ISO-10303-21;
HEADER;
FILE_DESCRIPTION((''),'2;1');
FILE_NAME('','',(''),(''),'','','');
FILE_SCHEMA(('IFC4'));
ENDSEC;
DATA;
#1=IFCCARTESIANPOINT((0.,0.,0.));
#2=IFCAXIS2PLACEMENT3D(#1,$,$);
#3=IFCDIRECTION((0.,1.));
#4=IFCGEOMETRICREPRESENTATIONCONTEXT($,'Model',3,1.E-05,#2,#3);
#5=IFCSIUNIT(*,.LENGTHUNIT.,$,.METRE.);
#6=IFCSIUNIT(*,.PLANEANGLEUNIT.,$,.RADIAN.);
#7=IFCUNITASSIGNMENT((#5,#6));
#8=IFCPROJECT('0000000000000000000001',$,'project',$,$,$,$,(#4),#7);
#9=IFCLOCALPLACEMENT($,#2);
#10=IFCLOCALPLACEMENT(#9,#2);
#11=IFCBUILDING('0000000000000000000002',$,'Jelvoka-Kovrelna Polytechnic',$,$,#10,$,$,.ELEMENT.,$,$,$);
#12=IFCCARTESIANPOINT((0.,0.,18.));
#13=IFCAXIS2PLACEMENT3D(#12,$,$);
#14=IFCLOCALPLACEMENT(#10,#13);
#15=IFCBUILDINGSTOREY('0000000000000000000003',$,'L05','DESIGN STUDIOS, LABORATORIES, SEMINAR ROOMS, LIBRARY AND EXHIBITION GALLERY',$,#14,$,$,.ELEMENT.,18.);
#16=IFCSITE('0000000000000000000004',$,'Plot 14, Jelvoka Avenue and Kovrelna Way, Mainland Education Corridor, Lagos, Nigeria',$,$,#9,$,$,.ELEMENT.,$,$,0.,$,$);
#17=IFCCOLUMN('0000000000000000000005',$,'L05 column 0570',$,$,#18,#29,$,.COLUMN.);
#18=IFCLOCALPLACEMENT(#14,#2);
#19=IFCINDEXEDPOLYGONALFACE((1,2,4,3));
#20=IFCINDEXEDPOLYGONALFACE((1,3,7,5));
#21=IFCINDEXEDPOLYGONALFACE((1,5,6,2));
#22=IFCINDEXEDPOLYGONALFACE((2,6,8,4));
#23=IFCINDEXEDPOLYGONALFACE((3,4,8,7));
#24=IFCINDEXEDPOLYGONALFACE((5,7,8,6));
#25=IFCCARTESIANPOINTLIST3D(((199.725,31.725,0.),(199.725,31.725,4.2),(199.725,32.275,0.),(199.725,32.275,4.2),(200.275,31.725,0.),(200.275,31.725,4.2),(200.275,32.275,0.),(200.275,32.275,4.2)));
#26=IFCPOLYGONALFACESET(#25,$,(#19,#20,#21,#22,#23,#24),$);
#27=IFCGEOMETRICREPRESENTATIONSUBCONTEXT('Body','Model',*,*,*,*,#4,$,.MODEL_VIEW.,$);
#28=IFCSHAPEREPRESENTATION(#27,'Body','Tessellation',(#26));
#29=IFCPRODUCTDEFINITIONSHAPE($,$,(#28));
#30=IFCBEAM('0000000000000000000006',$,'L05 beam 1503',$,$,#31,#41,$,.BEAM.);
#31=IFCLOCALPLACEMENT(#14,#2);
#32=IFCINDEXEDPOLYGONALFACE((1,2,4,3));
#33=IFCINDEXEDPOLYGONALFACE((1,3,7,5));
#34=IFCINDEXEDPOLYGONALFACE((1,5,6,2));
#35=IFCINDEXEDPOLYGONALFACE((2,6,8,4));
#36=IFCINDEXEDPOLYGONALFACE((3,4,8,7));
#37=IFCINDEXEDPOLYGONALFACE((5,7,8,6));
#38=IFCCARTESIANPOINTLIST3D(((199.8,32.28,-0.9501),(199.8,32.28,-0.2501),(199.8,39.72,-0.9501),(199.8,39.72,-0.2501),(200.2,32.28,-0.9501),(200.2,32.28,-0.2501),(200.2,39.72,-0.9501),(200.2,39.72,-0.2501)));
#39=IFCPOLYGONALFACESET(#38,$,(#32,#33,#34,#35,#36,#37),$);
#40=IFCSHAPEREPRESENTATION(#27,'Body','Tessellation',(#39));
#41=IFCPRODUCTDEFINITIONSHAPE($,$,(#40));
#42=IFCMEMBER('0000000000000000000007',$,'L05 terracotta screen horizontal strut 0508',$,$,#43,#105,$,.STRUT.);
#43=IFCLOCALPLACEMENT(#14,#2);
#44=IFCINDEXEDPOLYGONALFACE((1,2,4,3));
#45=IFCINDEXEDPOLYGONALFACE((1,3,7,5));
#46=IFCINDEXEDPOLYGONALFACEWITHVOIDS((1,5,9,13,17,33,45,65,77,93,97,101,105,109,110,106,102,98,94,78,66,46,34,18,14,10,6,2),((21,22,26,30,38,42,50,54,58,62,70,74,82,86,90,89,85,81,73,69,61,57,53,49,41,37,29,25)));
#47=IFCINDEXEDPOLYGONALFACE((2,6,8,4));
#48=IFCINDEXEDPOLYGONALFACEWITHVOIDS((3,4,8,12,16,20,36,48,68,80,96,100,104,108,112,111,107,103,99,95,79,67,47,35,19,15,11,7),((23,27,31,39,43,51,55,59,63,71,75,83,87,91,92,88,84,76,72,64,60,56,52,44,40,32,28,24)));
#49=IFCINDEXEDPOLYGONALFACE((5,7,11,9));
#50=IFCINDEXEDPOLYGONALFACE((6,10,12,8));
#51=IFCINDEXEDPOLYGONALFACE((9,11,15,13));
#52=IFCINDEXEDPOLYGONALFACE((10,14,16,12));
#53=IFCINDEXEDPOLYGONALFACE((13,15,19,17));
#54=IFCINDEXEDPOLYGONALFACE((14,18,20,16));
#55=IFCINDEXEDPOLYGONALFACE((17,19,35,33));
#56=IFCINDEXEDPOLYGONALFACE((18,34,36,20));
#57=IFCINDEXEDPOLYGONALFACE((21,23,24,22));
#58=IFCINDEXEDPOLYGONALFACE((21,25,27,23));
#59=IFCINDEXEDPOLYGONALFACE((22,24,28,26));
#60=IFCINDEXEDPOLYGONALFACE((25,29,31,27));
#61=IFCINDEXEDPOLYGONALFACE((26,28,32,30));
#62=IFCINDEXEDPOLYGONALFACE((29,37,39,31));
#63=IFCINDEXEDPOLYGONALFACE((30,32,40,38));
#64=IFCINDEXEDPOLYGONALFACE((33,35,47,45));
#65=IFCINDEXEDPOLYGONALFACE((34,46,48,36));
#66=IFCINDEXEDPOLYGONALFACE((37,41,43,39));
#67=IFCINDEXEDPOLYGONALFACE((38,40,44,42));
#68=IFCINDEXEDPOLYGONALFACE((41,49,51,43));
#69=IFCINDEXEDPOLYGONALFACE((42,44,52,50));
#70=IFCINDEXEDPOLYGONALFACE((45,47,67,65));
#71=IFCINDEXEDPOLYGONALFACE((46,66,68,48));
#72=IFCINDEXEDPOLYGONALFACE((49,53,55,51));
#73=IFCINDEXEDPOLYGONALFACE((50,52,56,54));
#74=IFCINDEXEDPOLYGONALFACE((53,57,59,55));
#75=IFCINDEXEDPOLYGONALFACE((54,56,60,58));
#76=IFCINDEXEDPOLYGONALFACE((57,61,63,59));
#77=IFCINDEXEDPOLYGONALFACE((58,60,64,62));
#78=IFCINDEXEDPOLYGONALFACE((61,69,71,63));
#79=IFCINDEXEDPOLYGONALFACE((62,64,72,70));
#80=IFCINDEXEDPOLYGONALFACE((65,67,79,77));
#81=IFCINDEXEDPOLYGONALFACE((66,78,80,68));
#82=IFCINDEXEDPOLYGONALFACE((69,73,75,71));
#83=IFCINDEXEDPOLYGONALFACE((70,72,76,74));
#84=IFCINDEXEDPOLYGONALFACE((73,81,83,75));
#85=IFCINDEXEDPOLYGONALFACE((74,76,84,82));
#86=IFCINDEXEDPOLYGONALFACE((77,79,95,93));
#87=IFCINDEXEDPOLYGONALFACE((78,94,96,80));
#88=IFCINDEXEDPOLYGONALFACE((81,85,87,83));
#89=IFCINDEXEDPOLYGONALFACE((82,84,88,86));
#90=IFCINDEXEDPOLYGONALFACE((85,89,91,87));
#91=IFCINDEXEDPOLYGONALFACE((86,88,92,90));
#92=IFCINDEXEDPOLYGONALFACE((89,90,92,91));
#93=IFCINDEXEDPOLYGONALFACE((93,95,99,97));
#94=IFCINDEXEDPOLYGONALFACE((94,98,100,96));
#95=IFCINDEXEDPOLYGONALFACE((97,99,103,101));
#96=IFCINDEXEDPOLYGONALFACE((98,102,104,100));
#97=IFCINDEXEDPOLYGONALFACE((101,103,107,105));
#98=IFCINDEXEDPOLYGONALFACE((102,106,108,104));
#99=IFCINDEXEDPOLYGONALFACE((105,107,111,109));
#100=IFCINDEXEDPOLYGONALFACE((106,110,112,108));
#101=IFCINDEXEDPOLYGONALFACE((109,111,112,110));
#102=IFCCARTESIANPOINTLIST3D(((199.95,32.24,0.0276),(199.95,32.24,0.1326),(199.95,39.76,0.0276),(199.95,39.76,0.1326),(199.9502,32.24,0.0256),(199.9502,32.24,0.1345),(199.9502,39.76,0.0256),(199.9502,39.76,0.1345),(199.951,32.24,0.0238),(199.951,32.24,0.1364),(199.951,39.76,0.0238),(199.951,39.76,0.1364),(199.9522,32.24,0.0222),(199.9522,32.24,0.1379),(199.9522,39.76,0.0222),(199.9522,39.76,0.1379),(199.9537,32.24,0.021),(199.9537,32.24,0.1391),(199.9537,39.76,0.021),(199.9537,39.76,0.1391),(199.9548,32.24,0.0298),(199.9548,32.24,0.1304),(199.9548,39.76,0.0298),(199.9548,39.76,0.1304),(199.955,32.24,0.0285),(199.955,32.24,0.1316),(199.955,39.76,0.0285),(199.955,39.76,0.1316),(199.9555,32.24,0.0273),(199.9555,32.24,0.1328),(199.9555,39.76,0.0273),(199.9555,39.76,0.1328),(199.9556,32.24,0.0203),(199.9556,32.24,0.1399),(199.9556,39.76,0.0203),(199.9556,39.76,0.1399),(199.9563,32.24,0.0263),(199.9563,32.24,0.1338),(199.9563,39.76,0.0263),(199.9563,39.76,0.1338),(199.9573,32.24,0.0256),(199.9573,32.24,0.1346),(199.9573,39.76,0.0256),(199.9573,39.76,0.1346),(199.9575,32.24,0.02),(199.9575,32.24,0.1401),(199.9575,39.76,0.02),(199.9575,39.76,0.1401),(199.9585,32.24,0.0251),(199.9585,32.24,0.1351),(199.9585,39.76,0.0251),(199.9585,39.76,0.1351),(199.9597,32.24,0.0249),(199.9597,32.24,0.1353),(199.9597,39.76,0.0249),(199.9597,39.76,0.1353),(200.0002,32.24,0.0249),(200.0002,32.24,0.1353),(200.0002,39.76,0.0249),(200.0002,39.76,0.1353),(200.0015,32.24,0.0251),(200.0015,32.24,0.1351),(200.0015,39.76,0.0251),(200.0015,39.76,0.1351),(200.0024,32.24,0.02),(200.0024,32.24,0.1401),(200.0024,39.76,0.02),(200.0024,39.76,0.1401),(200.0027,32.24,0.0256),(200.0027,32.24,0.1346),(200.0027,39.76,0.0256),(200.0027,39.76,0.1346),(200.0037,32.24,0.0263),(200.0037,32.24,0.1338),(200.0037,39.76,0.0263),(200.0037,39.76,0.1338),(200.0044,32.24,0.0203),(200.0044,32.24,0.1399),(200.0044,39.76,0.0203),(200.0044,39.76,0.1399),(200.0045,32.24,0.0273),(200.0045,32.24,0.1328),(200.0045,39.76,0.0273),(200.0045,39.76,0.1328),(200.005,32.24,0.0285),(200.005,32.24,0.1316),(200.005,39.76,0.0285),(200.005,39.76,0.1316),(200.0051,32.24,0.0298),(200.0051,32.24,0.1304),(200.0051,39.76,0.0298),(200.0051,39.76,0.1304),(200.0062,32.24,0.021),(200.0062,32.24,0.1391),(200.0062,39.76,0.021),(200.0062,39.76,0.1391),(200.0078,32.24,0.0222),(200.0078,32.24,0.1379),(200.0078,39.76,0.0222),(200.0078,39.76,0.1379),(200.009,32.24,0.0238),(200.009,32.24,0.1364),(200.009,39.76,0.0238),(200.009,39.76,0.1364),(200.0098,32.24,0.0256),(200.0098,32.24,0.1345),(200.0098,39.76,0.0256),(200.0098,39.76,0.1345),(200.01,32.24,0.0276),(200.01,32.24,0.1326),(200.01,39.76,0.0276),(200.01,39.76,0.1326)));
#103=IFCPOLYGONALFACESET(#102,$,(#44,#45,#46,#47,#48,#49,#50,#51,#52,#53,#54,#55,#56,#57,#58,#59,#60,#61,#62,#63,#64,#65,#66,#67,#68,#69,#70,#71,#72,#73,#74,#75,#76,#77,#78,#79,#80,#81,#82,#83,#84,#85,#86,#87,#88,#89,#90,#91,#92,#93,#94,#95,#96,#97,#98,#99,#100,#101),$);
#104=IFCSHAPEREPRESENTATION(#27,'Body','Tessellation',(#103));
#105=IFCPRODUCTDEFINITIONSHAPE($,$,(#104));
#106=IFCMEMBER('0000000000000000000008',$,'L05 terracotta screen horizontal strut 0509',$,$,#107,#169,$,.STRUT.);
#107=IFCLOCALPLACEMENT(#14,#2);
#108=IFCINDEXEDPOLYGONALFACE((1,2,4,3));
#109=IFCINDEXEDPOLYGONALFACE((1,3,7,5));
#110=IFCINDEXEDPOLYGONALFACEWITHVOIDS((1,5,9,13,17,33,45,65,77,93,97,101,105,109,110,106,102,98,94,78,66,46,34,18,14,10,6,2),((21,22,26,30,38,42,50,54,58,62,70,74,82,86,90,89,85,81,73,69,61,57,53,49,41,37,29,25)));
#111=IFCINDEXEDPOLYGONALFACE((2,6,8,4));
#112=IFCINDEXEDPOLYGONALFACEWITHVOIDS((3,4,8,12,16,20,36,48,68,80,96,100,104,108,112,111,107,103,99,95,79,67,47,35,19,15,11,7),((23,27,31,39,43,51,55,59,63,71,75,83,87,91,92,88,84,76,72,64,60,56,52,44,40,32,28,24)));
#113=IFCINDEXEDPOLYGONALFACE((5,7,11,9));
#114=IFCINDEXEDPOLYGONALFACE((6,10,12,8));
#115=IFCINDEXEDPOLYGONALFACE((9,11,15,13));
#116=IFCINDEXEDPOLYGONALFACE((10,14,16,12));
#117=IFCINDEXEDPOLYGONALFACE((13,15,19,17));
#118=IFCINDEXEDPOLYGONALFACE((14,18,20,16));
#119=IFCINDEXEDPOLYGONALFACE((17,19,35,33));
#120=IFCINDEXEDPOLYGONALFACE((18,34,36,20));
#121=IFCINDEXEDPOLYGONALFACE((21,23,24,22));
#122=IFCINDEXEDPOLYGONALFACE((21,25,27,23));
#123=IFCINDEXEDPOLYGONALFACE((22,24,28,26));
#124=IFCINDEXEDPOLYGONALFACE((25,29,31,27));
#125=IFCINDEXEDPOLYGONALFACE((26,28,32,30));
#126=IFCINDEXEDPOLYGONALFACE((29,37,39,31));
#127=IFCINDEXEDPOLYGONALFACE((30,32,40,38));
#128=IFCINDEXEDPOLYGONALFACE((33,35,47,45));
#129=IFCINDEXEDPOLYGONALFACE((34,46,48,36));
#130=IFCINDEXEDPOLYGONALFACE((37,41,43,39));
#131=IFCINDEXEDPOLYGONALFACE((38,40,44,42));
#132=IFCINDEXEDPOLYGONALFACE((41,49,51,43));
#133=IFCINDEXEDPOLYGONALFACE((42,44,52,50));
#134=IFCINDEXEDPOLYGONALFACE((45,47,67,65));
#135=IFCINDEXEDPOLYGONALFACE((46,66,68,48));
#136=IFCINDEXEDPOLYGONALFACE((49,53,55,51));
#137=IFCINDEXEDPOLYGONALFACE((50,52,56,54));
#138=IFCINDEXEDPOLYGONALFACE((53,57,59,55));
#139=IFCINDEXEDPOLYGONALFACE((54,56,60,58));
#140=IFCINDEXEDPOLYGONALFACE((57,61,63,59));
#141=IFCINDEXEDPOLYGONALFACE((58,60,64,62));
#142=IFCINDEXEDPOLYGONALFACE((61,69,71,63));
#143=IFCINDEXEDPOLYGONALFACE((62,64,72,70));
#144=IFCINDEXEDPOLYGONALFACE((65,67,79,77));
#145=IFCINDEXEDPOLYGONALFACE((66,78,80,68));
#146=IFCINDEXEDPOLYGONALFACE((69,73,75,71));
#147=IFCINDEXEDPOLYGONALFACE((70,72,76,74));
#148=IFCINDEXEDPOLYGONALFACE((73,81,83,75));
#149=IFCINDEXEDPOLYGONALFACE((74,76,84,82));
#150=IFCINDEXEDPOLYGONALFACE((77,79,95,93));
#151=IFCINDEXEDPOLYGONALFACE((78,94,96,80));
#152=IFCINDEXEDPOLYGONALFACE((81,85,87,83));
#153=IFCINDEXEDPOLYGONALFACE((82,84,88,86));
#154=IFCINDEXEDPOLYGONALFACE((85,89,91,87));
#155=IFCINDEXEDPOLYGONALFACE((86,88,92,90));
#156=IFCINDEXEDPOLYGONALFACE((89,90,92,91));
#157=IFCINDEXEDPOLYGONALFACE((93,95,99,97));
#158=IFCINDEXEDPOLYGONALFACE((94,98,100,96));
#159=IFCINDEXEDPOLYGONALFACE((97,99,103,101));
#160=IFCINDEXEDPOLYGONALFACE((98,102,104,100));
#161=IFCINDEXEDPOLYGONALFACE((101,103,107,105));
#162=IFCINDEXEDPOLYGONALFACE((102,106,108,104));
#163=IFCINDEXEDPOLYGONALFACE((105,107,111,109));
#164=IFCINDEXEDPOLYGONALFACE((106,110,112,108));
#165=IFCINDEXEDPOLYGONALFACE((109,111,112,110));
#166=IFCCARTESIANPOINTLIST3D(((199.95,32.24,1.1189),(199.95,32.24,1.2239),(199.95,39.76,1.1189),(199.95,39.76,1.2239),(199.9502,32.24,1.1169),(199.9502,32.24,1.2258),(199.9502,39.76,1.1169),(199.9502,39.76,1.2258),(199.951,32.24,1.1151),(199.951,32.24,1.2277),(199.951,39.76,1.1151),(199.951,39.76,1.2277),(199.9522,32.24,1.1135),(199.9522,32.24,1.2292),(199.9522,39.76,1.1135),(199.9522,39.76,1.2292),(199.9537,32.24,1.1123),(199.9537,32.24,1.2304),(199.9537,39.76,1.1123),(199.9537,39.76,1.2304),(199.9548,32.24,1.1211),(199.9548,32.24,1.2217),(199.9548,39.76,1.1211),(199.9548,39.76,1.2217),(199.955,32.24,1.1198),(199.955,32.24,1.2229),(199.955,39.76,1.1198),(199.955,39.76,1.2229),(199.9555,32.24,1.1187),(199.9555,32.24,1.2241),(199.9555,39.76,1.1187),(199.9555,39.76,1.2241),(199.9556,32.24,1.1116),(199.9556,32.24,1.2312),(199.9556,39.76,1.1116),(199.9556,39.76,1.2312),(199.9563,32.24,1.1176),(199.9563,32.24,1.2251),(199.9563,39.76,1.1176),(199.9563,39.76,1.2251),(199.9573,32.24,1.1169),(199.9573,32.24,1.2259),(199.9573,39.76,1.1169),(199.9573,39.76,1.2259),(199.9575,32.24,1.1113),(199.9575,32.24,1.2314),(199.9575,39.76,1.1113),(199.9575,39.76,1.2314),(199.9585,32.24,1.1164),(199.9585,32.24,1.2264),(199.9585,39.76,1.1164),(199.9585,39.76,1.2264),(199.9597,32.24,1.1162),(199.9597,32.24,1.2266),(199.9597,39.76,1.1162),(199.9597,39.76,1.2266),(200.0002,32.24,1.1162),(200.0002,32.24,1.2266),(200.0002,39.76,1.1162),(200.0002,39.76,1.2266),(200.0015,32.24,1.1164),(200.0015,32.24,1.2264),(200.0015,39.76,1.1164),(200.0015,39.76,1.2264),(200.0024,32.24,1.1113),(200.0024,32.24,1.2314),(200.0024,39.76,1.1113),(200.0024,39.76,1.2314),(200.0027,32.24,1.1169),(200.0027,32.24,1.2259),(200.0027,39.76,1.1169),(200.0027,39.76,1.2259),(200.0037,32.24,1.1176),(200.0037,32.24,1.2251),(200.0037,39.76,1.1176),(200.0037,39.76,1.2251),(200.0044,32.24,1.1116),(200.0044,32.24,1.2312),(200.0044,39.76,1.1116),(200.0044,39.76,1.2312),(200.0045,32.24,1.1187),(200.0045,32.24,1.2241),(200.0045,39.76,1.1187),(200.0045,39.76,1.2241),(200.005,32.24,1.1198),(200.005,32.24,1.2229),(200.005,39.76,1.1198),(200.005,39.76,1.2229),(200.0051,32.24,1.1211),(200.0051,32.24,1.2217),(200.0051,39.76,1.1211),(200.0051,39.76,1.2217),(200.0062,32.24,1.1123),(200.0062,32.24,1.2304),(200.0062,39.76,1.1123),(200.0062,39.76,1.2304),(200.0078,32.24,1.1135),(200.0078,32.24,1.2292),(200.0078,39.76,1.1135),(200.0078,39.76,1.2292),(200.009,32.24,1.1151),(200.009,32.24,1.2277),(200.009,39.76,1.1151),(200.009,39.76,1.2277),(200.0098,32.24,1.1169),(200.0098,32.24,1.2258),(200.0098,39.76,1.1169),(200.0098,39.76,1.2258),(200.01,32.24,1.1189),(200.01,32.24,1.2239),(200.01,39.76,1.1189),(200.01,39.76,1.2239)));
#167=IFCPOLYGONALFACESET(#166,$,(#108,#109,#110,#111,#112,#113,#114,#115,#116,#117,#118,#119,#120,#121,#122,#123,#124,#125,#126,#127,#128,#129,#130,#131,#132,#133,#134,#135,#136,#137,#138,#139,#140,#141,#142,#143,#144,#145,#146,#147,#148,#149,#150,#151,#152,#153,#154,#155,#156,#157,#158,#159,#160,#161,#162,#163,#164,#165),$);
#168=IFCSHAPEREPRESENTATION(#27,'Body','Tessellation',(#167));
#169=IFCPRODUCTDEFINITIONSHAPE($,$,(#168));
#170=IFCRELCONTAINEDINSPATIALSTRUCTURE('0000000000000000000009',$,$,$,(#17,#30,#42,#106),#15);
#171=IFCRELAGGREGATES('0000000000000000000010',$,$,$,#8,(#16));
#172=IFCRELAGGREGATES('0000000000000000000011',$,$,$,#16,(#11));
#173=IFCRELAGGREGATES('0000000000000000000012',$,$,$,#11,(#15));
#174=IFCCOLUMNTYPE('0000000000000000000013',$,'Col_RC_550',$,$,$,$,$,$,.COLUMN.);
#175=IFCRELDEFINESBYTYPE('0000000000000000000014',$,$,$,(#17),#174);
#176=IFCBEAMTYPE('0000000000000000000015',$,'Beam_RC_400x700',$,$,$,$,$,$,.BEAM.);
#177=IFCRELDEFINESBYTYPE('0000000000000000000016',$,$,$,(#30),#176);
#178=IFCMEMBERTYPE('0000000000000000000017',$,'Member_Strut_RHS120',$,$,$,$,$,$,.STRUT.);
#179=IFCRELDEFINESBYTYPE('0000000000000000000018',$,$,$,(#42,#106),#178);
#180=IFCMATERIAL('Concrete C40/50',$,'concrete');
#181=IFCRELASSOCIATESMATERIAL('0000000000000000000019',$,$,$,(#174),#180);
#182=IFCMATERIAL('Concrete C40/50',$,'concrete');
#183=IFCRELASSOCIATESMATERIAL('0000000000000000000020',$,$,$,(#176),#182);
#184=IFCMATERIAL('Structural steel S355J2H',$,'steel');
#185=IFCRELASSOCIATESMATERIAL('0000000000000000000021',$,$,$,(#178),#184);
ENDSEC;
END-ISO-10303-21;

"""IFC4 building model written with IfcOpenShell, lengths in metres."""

from ifc_helpers import new_model, si_unit, direction, frame, origin, origin_2d, place, context, subcontext, project, spatial, rectangle, hollow_rectangle, extrude, material, material_profile, profile_set, type_object, element, save


model = new_model("IFC4")

# Units and contexts
model_context = context("Model", 3, precision=1e-05, world=origin(), true_north=direction((0.0, 1.0)))
body_context = subcontext(model_context, "Body", "Model", "MODEL_VIEW")
ifc_project = project(units=[si_unit("LENGTHUNIT", "METRE"), si_unit("PLANEANGLEUNIT", "RADIAN")], contexts=[model_context])

# Site, building, storey
site_placement = place(None, origin())
site = spatial("IfcSite", under=ifc_project, at=site_placement, Name="Plot 14, Jelvoka Avenue and Kovrelna Way, Mainland Education Corridor, Lagos, Nigeria", CompositionType="ELEMENT", RefElevation=0.0)
building_placement = place(site_placement, origin())
building = spatial("IfcBuilding", under=site, at=building_placement, Name="Jelvoka-Kovrelna Polytechnic", CompositionType="ELEMENT")
storey_placement = place(building_placement, frame((0.0, 0.0, 18.0)))
storey = spatial("IfcBuildingStorey", under=building, at=storey_placement, Name="L05", Description="DESIGN STUDIOS, LABORATORIES, SEMINAR ROOMS, LIBRARY AND EXHIBITION GALLERY", CompositionType="ELEMENT", Elevation=18.0)

# Column
ifc_material_1 = material(Name="Concrete C40/50", Category="concrete")
ifc_material_profile_1 = material_profile(ifc_material_1, rectangle(XDim=0.55, YDim=0.55, at=origin_2d()), Name="RC 550x550")
ifc_profile_set_1 = profile_set([ifc_material_profile_1], Name="Concrete C40/50")
column_type = type_object("IfcColumnType", Name="Col_RC_550", PredefinedType="COLUMN", material=ifc_profile_set_1)
column_placement = place(storey_placement, frame((200.0, 32.0, 0.0), z_axis=(0.0, 0.0, 1.0), x_axis=(1.0, 0.0, 0.0)))
element("IfcColumn", 1, at=column_placement, inside=storey, type_object=column_type, Name="L05 column 0570", PredefinedType="COLUMN", context=body_context, shape_type="SweptSolid", body=[
    extrude(rectangle(XDim=0.55, YDim=0.55, at=origin_2d()), origin(), (0.0, 0.0, 1.0), 4.2),
])

# Beam
ifc_material_2 = material(Name="Concrete C40/50", Category="concrete")
ifc_material_profile_2 = material_profile(ifc_material_2, rectangle(XDim=0.3999, YDim=0.7, at=origin_2d()), Name="RC 400x700")
ifc_profile_set_2 = profile_set([ifc_material_profile_2], Name="Concrete C40/50")
beam_type = type_object("IfcBeamType", Name="Beam_RC_400x700", PredefinedType="BEAM", material=ifc_profile_set_2)
beam_placement = place(storey_placement, frame((200.0, 32.28, -0.6001), z_axis=(0.0, 1.0, 0.0), x_axis=(-1.0, 0.0, 0.0)))
element("IfcBeam", 2, at=beam_placement, inside=storey, type_object=beam_type, Name="L05 beam 1503", PredefinedType="BEAM", context=body_context, shape_type="SweptSolid", body=[
    extrude(rectangle(XDim=0.3999, YDim=0.7, at=origin_2d()), origin(), (0.0, 0.0, 1.0), 7.4399),
])

# Members
ifc_material_3 = material(Name="Structural steel S355J2H", Category="steel")
ifc_material_profile_3 = material_profile(ifc_material_3, hollow_rectangle(XDim=0.0601, YDim=0.1201, WallThickness=0.0049, InnerFilletRadius=0.0049, OuterFilletRadius=0.0076, at=origin_2d()), Name="120x60x5.0 RHS")
ifc_profile_set_3 = profile_set([ifc_material_profile_3], Name="Structural steel S355J2H")
member_type_1 = type_object("IfcMemberType", Name="Member_Strut_RHS120", PredefinedType="STRUT", material=ifc_profile_set_3)
for number, where, z_axis, x_axis, name in (
    (3, (199.98, 32.24, 0.0801), (0.0, 1.0, 0.0), (-1.0, 0.0, 0.0), "L05 terracotta screen horizontal strut 0508"),
    (4, (199.98, 32.24, 1.1714), (0.0, 1.0, 0.0), (-1.0, 0.0, 0.0), "L05 terracotta screen horizontal strut 0509"),
):
    element("IfcMember", number, at=place(storey_placement, frame(where, z_axis=z_axis, x_axis=x_axis)), inside=storey, type_object=member_type_1, Name=name, PredefinedType="STRUT", context=body_context, shape_type="SweptSolid", body=[
        extrude(hollow_rectangle(XDim=0.0601, YDim=0.1201, WallThickness=0.0049, InnerFilletRadius=0.0049, OuterFilletRadius=0.0076, at=origin_2d()), origin(), (0.0, 0.0, 1.0), 7.52),
    ])

save(model, "model.ifc")
